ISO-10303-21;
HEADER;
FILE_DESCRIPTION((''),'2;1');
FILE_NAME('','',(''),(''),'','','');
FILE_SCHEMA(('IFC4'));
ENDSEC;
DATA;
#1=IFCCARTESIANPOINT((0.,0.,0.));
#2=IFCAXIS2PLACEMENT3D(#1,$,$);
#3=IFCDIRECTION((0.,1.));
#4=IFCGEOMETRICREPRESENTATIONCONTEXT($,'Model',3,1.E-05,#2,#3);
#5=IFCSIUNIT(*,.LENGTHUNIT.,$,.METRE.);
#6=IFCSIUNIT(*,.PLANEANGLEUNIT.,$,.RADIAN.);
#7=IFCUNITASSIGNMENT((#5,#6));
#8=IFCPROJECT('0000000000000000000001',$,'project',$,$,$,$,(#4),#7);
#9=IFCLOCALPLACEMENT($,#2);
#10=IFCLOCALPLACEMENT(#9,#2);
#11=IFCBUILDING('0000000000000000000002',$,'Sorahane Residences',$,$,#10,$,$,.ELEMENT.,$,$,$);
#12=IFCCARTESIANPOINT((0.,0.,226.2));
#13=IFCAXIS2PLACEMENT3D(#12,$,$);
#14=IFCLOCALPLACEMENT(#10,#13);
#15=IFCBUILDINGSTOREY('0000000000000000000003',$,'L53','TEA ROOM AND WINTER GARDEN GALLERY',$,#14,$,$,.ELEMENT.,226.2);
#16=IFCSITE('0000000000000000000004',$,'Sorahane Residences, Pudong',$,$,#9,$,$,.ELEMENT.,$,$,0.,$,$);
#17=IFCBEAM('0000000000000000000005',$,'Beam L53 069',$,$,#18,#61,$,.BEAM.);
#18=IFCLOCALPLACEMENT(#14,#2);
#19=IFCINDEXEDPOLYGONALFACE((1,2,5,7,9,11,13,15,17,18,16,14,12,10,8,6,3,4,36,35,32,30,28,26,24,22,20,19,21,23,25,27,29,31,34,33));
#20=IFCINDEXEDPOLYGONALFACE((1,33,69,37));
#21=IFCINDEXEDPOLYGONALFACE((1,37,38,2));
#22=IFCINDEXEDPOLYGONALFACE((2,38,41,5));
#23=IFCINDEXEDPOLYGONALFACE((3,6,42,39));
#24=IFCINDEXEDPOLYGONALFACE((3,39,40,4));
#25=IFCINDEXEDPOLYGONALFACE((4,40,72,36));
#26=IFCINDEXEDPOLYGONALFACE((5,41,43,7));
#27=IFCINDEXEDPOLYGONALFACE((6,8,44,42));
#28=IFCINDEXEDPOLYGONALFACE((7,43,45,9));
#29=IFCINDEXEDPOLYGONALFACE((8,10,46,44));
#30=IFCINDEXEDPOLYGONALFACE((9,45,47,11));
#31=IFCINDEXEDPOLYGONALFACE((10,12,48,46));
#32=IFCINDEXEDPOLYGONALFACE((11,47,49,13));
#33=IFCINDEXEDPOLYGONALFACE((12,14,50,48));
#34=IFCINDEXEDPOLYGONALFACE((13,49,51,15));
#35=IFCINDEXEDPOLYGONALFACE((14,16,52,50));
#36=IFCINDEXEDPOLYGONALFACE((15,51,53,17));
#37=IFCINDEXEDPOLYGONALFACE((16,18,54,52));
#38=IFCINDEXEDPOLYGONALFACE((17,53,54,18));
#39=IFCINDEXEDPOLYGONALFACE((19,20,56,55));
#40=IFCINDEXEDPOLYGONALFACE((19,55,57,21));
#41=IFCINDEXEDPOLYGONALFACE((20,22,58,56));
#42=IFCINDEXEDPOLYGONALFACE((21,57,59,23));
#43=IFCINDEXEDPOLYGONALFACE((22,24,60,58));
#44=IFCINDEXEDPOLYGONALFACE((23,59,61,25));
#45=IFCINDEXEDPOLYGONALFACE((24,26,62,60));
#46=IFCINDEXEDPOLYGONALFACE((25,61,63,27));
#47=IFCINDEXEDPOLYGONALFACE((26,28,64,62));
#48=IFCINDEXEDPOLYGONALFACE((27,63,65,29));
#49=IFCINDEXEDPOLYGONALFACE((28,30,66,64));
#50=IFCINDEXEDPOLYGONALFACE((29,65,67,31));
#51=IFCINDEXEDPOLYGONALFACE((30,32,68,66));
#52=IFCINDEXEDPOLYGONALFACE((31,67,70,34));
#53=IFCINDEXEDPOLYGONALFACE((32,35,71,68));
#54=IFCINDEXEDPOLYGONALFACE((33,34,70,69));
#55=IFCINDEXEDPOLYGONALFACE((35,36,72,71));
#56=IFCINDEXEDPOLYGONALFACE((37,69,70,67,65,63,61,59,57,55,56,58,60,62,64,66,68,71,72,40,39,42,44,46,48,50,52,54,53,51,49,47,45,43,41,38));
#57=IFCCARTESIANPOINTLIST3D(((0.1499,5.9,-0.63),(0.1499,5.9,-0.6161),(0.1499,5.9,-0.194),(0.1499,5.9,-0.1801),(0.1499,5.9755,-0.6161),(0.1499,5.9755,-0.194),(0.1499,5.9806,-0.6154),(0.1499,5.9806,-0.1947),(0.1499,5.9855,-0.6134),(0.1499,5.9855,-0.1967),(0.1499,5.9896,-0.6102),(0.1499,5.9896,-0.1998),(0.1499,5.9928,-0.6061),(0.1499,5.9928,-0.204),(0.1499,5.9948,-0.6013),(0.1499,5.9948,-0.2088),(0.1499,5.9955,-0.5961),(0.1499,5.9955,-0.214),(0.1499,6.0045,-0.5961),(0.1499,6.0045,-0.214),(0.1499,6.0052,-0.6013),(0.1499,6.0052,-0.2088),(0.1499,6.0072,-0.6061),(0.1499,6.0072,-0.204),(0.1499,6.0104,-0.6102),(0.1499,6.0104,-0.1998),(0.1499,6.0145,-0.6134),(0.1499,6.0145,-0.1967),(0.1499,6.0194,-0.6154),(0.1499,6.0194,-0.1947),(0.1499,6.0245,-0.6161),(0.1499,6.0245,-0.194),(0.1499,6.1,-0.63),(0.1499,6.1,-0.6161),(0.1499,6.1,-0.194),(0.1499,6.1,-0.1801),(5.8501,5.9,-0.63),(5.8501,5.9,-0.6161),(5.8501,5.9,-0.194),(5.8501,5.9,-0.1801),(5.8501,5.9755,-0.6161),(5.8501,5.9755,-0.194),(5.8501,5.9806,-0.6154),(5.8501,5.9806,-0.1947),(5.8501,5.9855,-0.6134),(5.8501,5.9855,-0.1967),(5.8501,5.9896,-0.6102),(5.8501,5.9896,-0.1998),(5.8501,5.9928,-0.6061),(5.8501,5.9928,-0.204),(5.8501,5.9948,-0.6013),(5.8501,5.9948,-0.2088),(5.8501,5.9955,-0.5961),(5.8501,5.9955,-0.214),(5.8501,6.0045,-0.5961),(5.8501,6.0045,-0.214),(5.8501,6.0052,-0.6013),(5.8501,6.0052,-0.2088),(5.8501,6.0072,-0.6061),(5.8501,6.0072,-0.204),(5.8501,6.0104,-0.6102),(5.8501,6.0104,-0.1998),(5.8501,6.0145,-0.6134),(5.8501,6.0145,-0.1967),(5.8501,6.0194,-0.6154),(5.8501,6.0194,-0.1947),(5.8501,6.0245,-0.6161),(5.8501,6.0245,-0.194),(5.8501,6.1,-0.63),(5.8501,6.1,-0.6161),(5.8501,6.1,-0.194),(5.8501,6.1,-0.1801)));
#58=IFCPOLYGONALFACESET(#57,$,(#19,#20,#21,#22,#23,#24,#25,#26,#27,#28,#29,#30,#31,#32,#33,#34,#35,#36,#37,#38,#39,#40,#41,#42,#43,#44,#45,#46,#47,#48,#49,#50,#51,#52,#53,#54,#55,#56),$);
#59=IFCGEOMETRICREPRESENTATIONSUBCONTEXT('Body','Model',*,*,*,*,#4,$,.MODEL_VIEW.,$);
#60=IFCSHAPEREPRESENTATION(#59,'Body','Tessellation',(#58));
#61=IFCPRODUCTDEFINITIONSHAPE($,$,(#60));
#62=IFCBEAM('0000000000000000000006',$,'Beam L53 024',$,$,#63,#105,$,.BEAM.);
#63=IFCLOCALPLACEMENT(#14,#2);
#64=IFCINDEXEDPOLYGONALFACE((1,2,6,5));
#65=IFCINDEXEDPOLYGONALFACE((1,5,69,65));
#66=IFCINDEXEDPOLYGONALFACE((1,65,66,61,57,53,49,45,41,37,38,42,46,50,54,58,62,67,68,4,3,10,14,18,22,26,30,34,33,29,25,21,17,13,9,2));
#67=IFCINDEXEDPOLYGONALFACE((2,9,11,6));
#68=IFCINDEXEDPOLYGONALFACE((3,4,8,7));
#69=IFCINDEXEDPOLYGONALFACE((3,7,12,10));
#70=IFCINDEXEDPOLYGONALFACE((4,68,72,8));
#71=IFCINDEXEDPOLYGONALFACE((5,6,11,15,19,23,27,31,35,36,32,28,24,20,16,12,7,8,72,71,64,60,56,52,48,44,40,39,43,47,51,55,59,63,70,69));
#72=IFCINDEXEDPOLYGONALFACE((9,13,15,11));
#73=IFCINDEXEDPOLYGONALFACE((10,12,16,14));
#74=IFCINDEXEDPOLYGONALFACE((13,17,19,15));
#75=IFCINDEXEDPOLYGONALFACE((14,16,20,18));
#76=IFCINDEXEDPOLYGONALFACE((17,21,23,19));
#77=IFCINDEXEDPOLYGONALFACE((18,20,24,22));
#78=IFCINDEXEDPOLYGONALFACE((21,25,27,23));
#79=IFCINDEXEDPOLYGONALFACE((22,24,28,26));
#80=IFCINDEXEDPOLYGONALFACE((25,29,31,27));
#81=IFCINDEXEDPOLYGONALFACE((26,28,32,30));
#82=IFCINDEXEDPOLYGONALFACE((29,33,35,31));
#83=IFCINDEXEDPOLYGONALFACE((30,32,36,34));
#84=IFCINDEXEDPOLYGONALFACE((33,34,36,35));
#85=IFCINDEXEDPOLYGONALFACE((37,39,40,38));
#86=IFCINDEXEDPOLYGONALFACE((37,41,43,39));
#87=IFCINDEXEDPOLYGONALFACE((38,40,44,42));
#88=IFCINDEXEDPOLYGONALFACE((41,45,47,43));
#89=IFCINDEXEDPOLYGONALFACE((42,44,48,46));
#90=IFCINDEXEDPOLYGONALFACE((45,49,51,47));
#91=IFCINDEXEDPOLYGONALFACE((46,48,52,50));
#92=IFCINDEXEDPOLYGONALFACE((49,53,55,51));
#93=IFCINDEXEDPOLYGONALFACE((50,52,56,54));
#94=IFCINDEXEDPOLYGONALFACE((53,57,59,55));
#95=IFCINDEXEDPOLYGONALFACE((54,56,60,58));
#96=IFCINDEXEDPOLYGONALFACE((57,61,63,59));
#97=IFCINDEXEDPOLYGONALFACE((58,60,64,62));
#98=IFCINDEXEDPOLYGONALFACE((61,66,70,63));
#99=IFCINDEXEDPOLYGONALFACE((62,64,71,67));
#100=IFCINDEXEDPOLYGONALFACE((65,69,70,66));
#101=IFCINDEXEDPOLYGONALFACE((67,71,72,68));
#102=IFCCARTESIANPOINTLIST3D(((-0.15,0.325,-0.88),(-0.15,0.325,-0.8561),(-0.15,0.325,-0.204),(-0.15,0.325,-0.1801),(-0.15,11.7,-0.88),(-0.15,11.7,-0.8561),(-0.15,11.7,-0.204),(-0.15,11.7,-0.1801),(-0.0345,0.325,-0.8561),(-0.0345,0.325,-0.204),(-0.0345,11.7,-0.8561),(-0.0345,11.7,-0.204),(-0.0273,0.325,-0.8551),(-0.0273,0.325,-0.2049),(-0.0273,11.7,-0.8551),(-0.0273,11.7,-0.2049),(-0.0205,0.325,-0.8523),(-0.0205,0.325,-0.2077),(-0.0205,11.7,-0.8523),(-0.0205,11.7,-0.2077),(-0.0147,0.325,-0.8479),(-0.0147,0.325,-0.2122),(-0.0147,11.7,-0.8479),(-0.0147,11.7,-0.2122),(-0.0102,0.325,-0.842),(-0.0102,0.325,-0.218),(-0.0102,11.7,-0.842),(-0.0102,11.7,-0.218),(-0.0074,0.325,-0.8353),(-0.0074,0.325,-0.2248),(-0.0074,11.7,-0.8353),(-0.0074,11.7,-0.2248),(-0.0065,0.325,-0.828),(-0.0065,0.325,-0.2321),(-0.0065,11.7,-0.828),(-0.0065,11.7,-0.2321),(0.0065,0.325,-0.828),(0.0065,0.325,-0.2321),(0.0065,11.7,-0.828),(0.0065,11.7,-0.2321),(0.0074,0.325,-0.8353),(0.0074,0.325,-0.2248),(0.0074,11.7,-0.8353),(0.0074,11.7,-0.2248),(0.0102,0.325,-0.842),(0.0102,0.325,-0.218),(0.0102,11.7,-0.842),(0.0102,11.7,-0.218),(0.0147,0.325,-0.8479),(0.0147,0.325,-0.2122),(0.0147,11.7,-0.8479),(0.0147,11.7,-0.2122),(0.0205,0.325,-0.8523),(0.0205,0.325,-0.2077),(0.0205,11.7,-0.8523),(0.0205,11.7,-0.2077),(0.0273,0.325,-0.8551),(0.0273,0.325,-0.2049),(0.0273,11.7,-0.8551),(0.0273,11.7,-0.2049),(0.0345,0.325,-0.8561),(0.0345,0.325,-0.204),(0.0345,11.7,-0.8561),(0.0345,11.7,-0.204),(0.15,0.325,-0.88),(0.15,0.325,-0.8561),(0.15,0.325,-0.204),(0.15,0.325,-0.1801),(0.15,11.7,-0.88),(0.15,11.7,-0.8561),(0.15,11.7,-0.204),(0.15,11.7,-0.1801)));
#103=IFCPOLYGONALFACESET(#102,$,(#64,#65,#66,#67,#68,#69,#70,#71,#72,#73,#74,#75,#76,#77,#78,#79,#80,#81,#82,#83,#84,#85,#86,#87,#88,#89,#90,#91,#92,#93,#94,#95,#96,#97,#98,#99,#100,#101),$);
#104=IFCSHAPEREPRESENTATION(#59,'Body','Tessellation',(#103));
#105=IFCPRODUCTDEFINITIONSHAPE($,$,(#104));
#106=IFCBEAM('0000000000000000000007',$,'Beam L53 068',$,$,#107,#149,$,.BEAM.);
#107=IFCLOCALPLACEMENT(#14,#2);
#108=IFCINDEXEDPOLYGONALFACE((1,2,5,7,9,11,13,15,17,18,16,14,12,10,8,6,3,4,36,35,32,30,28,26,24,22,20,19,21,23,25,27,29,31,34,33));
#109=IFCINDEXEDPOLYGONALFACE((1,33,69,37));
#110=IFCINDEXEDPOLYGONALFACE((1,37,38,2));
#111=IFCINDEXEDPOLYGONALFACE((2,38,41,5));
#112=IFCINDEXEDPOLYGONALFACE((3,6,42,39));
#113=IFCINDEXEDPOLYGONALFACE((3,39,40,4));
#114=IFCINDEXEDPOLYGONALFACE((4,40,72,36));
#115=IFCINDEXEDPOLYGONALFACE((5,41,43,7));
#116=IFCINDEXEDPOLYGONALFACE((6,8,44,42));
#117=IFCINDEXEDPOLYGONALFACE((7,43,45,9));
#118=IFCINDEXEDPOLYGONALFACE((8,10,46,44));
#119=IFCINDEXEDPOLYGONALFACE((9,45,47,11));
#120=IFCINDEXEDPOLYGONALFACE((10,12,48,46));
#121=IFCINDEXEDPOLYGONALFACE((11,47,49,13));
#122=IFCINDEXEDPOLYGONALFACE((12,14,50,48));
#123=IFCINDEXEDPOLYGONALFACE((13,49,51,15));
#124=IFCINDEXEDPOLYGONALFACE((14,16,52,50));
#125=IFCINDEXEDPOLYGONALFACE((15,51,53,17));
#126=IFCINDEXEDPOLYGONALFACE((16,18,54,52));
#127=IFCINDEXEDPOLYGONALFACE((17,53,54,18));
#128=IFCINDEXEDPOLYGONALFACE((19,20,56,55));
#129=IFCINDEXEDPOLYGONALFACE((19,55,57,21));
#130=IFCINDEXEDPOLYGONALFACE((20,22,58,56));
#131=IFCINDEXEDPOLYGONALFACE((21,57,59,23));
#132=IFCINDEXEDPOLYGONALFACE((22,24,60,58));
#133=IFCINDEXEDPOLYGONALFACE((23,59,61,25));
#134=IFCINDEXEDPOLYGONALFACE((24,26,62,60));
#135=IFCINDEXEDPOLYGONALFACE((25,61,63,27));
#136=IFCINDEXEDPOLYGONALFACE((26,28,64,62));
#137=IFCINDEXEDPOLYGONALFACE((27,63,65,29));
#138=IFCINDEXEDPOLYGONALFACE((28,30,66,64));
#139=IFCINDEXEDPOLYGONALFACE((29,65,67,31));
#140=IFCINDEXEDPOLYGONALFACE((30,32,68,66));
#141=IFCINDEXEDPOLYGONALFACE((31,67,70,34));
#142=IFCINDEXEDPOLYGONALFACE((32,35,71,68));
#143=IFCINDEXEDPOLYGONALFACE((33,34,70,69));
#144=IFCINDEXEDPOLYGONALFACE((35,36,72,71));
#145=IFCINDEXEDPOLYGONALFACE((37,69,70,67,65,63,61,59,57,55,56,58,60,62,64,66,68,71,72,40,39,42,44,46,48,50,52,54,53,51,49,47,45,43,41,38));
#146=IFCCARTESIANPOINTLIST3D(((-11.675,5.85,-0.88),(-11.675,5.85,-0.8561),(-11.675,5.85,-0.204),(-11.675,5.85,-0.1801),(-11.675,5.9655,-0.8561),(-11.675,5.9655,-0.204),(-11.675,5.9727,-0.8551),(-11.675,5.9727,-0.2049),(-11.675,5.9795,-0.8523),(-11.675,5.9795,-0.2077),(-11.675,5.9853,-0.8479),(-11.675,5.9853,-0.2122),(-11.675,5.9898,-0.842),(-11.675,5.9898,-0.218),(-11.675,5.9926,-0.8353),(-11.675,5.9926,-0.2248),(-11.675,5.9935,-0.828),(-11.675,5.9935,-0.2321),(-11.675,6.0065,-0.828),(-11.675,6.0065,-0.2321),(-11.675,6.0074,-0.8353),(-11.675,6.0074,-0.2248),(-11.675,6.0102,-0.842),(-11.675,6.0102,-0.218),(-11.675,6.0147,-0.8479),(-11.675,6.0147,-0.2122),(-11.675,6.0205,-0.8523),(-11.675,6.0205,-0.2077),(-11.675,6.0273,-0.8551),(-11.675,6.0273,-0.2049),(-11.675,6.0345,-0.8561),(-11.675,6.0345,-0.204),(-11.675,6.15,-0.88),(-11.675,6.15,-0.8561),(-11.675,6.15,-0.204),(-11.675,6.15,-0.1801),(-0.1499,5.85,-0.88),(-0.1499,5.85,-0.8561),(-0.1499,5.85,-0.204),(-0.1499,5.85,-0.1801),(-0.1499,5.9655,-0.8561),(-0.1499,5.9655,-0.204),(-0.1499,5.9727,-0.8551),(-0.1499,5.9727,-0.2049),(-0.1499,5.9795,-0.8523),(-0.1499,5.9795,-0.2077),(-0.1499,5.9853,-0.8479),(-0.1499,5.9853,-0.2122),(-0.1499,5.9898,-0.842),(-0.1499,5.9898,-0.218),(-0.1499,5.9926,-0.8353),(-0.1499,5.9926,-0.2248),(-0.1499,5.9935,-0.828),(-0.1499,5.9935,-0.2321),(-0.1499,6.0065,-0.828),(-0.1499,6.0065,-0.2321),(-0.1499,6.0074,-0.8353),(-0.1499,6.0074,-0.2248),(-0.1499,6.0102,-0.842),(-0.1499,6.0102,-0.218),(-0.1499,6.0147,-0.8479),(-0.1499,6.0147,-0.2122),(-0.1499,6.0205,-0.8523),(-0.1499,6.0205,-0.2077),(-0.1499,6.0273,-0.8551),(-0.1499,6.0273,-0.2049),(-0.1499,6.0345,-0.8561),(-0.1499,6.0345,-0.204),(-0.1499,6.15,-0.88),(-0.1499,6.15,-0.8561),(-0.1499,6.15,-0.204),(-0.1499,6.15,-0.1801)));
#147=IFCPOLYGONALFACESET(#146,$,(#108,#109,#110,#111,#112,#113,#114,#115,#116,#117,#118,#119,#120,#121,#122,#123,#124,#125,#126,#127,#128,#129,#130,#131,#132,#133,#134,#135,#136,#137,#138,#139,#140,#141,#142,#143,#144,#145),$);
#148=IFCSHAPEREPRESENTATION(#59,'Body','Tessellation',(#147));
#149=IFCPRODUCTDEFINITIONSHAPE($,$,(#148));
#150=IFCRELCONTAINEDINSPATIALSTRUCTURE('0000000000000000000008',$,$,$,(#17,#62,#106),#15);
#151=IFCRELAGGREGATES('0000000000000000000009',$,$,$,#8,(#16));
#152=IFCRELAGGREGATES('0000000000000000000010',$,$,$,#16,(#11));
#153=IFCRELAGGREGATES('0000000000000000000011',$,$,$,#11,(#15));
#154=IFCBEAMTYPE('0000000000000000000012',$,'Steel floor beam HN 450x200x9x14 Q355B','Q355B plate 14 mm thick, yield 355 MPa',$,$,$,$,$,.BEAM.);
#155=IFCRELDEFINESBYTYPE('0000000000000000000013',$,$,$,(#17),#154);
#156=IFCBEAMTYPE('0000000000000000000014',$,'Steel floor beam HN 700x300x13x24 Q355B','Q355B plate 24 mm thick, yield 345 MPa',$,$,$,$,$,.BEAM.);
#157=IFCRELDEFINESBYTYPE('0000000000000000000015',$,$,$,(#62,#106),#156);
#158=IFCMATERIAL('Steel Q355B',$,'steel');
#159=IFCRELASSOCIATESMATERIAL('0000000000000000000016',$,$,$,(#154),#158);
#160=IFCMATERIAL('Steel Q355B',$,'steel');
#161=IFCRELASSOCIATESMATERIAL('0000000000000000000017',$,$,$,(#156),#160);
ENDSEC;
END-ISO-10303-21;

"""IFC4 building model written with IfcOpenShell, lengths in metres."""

from ifc_helpers import new_model, si_unit, direction, frame, origin, origin_2d, place, context, subcontext, project, spatial, i_section, extrude, material, material_profile, profile_set, type_object, element, save


model = new_model("IFC4")

# Units and contexts
model_context = context("Model", 3, precision=1e-05, world=origin(), true_north=direction((0.0, 1.0)))
body_context = subcontext(model_context, "Body", "Model", "MODEL_VIEW")
ifc_project = project(units=[si_unit("LENGTHUNIT", "METRE"), si_unit("PLANEANGLEUNIT", "RADIAN")], contexts=[model_context])

# Site, building, storey
site_placement = place(None, origin())
site = spatial("IfcSite", under=ifc_project, at=site_placement, Name="Sorahane Residences, Pudong", CompositionType="ELEMENT", RefElevation=0.0)
building_placement = place(site_placement, origin())
building = spatial("IfcBuilding", under=site, at=building_placement, Name="Sorahane Residences", CompositionType="ELEMENT")
storey_placement = place(building_placement, frame((0.0, 0.0, 226.2)))
storey = spatial("IfcBuildingStorey", under=building, at=storey_placement, Name="L53", Description="TEA ROOM AND WINTER GARDEN GALLERY", CompositionType="ELEMENT", Elevation=226.2)

# Beams
ifc_material_1 = material(Name="Steel Q355B", Category="steel")
ifc_material_profile_1 = material_profile(ifc_material_1, i_section(OverallWidth=0.2, OverallDepth=0.45, WebThickness=0.009, FlangeThickness=0.0139, FilletRadius=0.02, at=origin_2d()), Name="HN 450x200x9x14")
ifc_profile_set_1 = profile_set([ifc_material_profile_1], Name="Steel Q355B")
beam_type_1 = type_object("IfcBeamType", Name="Steel floor beam HN 450x200x9x14 Q355B", Description="Q355B plate 14 mm thick, yield 355 MPa", PredefinedType="BEAM", material=ifc_profile_set_1)
beam_1_placement = place(storey_placement, frame((0.1499, 6.0, -0.405), z_axis=(1.0, 0.0, 0.0), x_axis=(0.0, 1.0, 0.0)))
element("IfcBeam", 1, at=beam_1_placement, inside=storey, type_object=beam_type_1, Name="Beam L53 069", PredefinedType="BEAM", context=body_context, shape_type="SweptSolid", body=[
    extrude(i_section(OverallWidth=0.2, OverallDepth=0.45, WebThickness=0.009, FlangeThickness=0.0139, FilletRadius=0.02, at=origin_2d()), origin(), (0.0, 0.0, 1.0), 5.7002),
])
ifc_material_2 = material(Name="Steel Q355B", Category="steel")
ifc_material_profile_2 = material_profile(ifc_material_2, i_section(OverallWidth=0.3, OverallDepth=0.7, WebThickness=0.0129, FlangeThickness=0.0239, FilletRadius=0.0281, at=origin_2d()), Name="HN 700x300x13x24")
ifc_profile_set_2 = profile_set([ifc_material_profile_2], Name="Steel Q355B")
beam_type_2 = type_object("IfcBeamType", Name="Steel floor beam HN 700x300x13x24 Q355B", Description="Q355B plate 24 mm thick, yield 345 MPa", PredefinedType="BEAM", material=ifc_profile_set_2)
beam_2_placement = place(storey_placement, frame((0.0, 0.325, -0.53), z_axis=(0.0, 1.0, 0.0), x_axis=(-1.0, 0.0, 0.0)))
element("IfcBeam", 2, at=beam_2_placement, inside=storey, type_object=beam_type_2, Name="Beam L53 024", PredefinedType="BEAM", context=body_context, shape_type="SweptSolid", body=[
    extrude(i_section(OverallWidth=0.3, OverallDepth=0.7, WebThickness=0.0129, FlangeThickness=0.0239, FilletRadius=0.0281, at=origin_2d()), origin(), (0.0, 0.0, 1.0), 11.375),
])
beam_3_placement = place(storey_placement, frame((-11.675, 6.0, -0.53), z_axis=(1.0, 0.0, 0.0), x_axis=(0.0, 1.0, 0.0)))
element("IfcBeam", 3, at=beam_3_placement, inside=storey, type_object=beam_type_2, Name="Beam L53 068", PredefinedType="BEAM", context=body_context, shape_type="SweptSolid", body=[
    extrude(i_section(OverallWidth=0.3, OverallDepth=0.7, WebThickness=0.0129, FlangeThickness=0.0239, FilletRadius=0.0281, at=origin_2d()), origin(), (0.0, 0.0, 1.0), 11.5251),
])

save(model, "model.ifc")
